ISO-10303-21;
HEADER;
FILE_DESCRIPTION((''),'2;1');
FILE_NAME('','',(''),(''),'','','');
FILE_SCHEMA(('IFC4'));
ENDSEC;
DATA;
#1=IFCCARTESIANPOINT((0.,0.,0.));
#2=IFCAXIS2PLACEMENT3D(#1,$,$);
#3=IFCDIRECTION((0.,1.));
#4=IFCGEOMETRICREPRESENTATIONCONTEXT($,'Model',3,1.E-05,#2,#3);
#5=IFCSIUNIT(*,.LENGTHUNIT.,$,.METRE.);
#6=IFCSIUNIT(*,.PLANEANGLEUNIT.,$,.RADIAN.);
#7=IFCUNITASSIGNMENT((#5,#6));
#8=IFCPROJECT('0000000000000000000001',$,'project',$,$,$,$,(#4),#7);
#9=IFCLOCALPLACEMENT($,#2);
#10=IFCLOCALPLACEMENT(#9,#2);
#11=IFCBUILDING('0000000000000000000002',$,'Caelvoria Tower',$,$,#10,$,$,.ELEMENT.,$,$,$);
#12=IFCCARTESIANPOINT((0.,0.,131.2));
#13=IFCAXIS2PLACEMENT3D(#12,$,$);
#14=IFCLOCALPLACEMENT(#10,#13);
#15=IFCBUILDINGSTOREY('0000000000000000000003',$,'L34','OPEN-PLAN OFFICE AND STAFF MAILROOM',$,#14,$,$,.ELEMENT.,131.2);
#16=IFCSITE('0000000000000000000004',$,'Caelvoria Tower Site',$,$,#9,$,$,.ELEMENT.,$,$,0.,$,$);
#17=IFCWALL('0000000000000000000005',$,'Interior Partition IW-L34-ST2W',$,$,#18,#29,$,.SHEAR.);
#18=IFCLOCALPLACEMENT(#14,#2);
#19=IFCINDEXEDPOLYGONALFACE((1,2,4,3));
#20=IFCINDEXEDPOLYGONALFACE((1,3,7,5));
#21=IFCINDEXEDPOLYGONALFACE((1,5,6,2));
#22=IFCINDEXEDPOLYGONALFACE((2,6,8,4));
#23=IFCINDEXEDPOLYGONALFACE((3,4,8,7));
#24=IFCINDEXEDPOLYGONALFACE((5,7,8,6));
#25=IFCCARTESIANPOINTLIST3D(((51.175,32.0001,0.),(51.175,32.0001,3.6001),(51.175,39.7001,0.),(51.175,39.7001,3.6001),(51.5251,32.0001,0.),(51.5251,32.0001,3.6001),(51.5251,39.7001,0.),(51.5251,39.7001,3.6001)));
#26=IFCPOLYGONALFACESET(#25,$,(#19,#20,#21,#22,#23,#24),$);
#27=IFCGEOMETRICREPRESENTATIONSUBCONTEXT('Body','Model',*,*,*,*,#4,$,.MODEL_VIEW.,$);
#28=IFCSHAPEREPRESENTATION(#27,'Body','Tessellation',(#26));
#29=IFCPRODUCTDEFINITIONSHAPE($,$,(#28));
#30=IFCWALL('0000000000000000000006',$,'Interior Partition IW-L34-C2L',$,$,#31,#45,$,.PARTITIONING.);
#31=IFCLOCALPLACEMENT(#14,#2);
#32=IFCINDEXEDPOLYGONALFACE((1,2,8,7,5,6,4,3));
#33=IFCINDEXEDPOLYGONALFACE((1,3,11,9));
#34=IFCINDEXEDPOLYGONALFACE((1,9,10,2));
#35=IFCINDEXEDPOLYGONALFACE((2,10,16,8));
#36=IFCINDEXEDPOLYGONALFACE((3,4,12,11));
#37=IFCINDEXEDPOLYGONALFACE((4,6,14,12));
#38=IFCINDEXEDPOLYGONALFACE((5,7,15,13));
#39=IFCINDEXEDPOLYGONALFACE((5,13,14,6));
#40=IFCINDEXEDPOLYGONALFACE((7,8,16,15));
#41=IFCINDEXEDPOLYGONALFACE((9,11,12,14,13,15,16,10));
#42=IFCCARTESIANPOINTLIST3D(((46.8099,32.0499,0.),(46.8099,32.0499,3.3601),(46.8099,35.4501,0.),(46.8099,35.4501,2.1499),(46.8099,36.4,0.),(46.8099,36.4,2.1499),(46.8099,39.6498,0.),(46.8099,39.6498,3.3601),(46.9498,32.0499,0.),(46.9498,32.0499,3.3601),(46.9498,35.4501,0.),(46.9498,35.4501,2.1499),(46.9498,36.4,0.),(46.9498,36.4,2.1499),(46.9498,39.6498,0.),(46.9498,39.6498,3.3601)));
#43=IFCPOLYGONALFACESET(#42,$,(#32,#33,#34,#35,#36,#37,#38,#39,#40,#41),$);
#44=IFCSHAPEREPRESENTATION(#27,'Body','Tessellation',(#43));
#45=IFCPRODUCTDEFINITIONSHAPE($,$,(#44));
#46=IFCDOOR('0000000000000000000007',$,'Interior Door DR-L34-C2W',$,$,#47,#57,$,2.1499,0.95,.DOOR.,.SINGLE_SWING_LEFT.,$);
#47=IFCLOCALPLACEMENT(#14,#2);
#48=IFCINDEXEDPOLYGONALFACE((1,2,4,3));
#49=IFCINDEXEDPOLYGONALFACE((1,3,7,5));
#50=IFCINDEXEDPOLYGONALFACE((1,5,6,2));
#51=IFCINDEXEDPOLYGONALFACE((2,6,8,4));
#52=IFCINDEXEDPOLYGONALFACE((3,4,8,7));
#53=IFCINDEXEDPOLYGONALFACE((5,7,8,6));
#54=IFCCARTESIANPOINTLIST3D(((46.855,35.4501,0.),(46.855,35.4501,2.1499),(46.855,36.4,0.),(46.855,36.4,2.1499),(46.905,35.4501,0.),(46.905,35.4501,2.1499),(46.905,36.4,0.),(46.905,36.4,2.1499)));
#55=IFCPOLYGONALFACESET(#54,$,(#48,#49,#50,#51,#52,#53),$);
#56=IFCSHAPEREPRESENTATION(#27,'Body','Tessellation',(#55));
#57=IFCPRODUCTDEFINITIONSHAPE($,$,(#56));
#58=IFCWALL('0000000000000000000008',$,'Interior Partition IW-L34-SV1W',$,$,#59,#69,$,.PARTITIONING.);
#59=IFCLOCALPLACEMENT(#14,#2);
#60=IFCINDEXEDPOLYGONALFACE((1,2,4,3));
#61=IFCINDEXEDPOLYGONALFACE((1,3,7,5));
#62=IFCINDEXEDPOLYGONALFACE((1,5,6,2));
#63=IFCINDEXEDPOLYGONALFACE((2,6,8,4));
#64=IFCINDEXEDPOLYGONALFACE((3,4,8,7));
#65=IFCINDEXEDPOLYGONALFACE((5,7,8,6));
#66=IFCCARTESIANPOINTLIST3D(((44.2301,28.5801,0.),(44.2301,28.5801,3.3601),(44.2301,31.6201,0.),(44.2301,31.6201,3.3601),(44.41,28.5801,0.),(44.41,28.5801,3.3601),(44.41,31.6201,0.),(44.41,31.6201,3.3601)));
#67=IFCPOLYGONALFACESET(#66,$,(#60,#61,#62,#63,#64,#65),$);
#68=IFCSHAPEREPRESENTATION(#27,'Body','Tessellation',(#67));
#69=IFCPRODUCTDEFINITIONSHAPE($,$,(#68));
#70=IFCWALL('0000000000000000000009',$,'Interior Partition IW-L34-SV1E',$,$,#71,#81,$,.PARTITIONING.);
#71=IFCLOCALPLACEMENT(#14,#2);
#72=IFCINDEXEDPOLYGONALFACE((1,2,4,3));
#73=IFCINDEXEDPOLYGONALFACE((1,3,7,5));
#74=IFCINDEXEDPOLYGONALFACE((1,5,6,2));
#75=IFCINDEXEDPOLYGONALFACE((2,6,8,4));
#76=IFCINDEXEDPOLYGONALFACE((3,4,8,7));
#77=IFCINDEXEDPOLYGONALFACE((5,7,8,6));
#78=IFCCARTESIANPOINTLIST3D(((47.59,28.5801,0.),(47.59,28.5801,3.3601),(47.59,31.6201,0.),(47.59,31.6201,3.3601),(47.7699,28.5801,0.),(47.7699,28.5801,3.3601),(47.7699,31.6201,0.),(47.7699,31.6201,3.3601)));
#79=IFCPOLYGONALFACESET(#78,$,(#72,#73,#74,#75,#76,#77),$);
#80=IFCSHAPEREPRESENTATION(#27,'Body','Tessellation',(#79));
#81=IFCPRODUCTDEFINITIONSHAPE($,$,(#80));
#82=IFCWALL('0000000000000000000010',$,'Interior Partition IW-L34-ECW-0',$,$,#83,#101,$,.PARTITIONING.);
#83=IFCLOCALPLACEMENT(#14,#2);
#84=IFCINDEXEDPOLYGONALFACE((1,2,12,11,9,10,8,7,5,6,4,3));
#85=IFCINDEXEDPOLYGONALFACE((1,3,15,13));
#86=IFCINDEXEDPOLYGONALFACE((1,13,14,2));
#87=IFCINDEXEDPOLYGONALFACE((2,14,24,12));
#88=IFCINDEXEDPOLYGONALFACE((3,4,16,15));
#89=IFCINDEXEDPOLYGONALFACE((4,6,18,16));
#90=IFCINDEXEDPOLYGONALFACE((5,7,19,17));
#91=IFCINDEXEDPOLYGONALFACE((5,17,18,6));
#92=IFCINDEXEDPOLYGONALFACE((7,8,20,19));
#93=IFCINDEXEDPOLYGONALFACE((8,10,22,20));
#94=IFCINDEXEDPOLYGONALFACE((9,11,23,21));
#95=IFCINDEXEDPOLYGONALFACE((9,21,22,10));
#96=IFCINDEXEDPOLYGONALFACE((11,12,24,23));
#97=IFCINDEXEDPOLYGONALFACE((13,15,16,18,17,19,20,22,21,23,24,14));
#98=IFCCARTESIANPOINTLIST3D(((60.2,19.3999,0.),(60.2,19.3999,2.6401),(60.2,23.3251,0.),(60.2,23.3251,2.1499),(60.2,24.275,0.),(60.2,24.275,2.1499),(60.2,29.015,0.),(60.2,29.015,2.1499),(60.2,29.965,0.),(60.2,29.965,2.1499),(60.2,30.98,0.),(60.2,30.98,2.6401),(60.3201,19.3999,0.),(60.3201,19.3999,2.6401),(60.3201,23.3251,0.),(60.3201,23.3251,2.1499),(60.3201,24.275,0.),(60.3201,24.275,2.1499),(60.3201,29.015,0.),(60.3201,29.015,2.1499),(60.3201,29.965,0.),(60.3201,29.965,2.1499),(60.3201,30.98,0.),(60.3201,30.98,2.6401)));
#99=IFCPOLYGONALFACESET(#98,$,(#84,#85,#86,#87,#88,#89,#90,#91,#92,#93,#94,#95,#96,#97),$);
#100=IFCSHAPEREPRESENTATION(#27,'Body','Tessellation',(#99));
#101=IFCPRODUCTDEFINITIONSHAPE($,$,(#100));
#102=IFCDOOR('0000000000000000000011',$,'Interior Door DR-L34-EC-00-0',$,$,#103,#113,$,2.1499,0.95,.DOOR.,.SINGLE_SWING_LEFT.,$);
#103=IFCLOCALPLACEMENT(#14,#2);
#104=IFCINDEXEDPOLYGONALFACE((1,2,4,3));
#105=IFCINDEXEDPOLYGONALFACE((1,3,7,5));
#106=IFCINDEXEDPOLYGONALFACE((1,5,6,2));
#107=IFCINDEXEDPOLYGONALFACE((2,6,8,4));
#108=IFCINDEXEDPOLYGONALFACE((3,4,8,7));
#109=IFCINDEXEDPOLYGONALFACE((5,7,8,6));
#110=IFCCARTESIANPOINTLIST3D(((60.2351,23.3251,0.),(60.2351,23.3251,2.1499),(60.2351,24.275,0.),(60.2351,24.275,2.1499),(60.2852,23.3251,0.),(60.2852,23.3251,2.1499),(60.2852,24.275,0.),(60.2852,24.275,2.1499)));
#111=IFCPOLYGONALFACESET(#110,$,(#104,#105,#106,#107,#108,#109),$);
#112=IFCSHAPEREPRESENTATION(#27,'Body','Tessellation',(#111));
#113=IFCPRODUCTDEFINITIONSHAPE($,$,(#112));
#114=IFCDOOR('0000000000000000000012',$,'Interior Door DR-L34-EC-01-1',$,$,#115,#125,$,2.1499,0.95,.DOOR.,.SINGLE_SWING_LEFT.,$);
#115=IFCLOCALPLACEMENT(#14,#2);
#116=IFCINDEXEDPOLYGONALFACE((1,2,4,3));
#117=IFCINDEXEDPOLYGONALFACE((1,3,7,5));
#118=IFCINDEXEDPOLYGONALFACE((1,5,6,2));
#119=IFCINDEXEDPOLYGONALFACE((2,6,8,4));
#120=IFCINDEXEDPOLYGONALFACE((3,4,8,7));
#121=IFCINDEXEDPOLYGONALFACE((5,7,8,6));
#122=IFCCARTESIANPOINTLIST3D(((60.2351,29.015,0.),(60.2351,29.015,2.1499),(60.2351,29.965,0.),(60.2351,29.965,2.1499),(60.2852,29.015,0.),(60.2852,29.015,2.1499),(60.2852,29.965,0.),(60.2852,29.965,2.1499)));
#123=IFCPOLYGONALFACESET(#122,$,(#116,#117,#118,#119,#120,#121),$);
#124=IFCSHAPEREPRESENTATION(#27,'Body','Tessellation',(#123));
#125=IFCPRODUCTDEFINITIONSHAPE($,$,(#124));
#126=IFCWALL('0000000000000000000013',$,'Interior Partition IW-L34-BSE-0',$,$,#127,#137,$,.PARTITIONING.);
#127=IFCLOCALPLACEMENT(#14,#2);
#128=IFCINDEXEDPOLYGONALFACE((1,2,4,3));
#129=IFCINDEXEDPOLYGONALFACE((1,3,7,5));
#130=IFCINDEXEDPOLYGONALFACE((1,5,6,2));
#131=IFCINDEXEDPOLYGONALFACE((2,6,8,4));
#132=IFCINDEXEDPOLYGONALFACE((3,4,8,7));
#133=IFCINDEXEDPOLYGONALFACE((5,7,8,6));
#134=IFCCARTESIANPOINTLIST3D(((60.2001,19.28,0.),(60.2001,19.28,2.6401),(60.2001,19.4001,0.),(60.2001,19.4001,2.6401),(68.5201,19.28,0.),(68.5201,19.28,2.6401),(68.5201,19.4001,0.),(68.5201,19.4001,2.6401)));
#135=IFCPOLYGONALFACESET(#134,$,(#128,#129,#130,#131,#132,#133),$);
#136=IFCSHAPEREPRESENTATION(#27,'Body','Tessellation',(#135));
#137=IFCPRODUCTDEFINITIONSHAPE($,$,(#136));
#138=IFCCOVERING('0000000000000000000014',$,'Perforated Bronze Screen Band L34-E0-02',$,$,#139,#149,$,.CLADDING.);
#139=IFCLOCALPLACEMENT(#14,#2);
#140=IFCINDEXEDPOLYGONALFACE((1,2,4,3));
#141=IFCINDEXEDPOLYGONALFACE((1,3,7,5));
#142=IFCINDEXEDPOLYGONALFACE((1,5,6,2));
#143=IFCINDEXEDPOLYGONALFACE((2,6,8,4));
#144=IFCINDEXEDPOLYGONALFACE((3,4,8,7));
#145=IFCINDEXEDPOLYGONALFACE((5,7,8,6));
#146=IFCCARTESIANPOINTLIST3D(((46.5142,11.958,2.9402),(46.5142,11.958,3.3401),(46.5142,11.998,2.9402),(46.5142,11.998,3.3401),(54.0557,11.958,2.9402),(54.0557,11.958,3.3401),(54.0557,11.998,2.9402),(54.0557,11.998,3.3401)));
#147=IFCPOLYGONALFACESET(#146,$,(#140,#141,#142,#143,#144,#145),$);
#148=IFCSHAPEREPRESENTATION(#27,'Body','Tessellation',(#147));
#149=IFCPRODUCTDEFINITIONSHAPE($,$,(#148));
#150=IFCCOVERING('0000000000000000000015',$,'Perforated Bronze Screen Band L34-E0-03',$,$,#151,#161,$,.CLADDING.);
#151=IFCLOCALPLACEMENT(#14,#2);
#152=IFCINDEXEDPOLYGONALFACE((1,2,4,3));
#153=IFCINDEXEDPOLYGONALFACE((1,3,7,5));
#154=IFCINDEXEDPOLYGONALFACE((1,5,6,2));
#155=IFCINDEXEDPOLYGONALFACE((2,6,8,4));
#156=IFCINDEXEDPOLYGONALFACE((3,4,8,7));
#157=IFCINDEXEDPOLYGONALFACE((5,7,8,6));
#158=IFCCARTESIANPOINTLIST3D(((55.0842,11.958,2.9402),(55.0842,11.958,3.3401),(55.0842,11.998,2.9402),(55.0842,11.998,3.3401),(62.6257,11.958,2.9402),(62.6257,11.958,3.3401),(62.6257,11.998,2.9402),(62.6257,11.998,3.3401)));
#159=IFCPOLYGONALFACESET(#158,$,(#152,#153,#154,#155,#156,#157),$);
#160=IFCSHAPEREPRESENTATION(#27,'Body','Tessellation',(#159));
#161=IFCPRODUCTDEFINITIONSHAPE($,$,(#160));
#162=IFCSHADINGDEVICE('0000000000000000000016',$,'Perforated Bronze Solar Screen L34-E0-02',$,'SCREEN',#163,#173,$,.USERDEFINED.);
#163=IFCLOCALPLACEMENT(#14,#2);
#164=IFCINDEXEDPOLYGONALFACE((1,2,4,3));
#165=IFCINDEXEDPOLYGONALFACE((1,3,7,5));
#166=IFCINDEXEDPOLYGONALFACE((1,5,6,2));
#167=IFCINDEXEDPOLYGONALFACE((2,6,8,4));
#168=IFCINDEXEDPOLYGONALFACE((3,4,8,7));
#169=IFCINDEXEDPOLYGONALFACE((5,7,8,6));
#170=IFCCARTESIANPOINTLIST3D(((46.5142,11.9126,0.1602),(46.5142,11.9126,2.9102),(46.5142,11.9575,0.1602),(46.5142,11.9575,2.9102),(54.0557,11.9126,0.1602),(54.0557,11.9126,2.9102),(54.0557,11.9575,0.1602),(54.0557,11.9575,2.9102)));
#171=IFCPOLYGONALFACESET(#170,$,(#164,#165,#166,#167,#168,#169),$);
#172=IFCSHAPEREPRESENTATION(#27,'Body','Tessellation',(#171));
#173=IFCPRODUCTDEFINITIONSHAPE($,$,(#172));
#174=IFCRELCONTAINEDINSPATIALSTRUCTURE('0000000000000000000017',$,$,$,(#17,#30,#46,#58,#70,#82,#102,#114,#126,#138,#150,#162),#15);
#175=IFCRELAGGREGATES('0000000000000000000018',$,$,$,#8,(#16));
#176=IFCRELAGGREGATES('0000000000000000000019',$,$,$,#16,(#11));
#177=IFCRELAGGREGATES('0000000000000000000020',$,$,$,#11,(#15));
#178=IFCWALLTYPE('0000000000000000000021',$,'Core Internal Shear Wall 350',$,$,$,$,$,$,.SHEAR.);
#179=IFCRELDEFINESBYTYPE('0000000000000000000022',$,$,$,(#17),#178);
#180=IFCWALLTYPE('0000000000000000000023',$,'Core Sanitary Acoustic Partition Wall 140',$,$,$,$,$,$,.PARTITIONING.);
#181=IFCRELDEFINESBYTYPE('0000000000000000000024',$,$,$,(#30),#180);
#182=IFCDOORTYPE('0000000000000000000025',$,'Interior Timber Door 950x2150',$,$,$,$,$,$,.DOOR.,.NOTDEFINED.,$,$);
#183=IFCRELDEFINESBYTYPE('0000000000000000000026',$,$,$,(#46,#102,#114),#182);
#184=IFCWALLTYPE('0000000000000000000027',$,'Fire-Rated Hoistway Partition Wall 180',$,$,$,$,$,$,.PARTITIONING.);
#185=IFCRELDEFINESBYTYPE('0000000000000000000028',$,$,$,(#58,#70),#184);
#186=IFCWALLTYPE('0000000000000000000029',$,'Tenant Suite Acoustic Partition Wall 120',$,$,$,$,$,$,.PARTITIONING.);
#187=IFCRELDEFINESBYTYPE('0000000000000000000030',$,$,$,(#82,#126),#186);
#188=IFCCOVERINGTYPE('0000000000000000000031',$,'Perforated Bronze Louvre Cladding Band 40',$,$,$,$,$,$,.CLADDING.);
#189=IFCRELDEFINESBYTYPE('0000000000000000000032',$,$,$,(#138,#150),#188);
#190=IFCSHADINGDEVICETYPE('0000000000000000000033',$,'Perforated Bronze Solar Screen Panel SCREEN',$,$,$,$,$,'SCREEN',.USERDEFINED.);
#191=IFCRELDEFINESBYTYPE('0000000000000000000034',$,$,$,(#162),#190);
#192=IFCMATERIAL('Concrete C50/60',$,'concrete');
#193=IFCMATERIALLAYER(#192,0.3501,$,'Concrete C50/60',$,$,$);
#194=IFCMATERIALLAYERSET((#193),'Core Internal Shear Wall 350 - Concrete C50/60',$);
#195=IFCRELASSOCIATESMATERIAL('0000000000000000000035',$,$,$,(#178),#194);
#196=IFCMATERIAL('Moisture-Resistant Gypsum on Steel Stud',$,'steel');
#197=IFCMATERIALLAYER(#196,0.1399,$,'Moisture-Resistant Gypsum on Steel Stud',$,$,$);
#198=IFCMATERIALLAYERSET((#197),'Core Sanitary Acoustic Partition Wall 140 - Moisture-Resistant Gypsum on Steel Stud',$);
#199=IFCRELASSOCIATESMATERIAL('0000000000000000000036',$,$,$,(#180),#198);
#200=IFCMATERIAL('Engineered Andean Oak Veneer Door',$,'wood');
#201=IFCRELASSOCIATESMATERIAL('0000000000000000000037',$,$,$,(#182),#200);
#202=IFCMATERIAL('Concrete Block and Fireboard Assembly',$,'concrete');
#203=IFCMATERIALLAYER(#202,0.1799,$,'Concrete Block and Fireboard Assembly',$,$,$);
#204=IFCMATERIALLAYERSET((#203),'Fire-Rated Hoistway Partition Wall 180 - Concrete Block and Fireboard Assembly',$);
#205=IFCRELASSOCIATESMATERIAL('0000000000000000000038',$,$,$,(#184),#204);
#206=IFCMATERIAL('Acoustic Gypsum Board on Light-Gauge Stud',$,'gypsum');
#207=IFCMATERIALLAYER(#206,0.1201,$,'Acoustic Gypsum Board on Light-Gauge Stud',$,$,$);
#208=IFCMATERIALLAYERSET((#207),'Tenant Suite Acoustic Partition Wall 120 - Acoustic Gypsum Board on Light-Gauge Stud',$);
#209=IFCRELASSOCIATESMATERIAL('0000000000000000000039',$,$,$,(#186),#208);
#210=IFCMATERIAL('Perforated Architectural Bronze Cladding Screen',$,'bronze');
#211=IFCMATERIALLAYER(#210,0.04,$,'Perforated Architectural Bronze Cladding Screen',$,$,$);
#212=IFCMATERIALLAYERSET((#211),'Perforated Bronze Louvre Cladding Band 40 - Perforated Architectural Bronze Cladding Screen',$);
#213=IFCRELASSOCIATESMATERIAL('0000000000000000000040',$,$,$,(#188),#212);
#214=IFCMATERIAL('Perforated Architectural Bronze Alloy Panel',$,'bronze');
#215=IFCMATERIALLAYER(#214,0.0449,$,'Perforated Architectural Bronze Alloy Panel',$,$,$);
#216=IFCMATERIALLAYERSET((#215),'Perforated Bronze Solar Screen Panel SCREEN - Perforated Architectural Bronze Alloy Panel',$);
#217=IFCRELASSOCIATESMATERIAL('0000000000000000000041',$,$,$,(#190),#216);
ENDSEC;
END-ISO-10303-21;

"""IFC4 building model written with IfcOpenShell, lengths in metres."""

from ifc_helpers import new_model, si_unit, direction, frame, frame_2d, origin, origin_2d, place, context, subcontext, project, spatial, rectangle, extrude, material, layer, layer_set, type_object, element, fill, save


model = new_model("IFC4")

# Units and contexts
model_context = context("Model", 3, precision=1e-05, world=origin(), true_north=direction((0.0, 1.0)))
body_context = subcontext(model_context, "Body", "Model", "MODEL_VIEW")
ifc_project = project(units=[si_unit("LENGTHUNIT", "METRE"), si_unit("PLANEANGLEUNIT", "RADIAN")], contexts=[model_context])

# Site, building, storey
site_placement = place(None, origin())
site = spatial("IfcSite", under=ifc_project, at=site_placement, Name="Caelvoria Tower Site", CompositionType="ELEMENT", RefElevation=0.0)
building_placement = place(site_placement, origin())
building = spatial("IfcBuilding", under=site, at=building_placement, Name="Caelvoria Tower", CompositionType="ELEMENT")
storey_placement = place(building_placement, frame((0.0, 0.0, 131.2)))
storey = spatial("IfcBuildingStorey", under=building, at=storey_placement, Name="L34", Description="OPEN-PLAN OFFICE AND STAFF MAILROOM", CompositionType="ELEMENT", Elevation=131.2)

# Wall
ifc_material_1 = material(Name="Concrete C50/60", Category="concrete")
ifc_layer_1 = layer(ifc_material_1, 0.3501, Name="Concrete C50/60")
ifc_layer_set_1 = layer_set([ifc_layer_1], Name="Core Internal Shear Wall 350 - Concrete C50/60")
wall_type_1 = type_object("IfcWallType", Name="Core Internal Shear Wall 350", PredefinedType="SHEAR", material=ifc_layer_set_1)
wall_1_placement = place(storey_placement, frame((51.3501, 32.0, 0.0), z_axis=(0.0, 0.0, 1.0), x_axis=(0.0, 1.0, 0.0)))
element("IfcWall", 1, at=wall_1_placement, inside=storey, type_object=wall_type_1, Name="Interior Partition IW-L34-ST2W", PredefinedType="SHEAR", context=body_context, shape_type="SweptSolid", body=[
    extrude(rectangle(XDim=7.7, YDim=0.3501, at=frame_2d((3.8501, 0.0))), origin(), (0.0, 0.0, 1.0), 3.6001),
])

# Wall, opening, door
ifc_material_2 = material(Name="Moisture-Resistant Gypsum on Steel Stud", Category="steel")
ifc_layer_2 = layer(ifc_material_2, 0.1399, Name="Moisture-Resistant Gypsum on Steel Stud")
ifc_layer_set_2 = layer_set([ifc_layer_2], Name="Core Sanitary Acoustic Partition Wall 140 - Moisture-Resistant Gypsum on Steel Stud")
wall_type_2 = type_object("IfcWallType", Name="Core Sanitary Acoustic Partition Wall 140", PredefinedType="PARTITIONING", material=ifc_layer_set_2)
wall_2_placement = place(storey_placement, frame((46.8799, 32.05, 0.0), z_axis=(0.0, 0.0, 1.0), x_axis=(0.0, 1.0, 0.0)))
wall_2 = element("IfcWall", 2, at=wall_2_placement, inside=storey, type_object=wall_type_2, Name="Interior Partition IW-L34-C2L", PredefinedType="PARTITIONING", context=body_context, shape_type="SweptSolid", body=[
    extrude(rectangle(XDim=7.5999, YDim=0.1399, at=frame_2d((3.7998, 0.0))), origin(), (0.0, 0.0, 1.0), 3.3601),
])
opening_1_placement = place(wall_2_placement, frame((3.3999, 0.0, 0.0)))
opening_1 = element("IfcOpeningElement", 3, at=opening_1_placement, cuts=wall_2, PredefinedType="OPENING", context=body_context, shape_type="SweptSolid", body=[
    extrude(rectangle(XDim=0.95, YDim=2.1499, at=frame_2d((0.4751, 1.075))), frame((0.0, 0.0798, 0.0), z_axis=(0.0, -1.0, 0.0), x_axis=(1.0, 0.0, 0.0)), (0.0, 0.0, 1.0), 0.1599),
])
ifc_material_3 = material(Name="Engineered Andean Oak Veneer Door", Category="wood")
door_type_1 = type_object("IfcDoorType", Name="Interior Timber Door 950x2150", OperationType="NOTDEFINED", PredefinedType="DOOR", material=ifc_material_3)
door_1_placement = place(opening_1_placement, origin())
door_1 = element("IfcDoor", 4, at=door_1_placement, inside=storey, type_object=door_type_1, Name="Interior Door DR-L34-C2W", OperationType="SINGLE_SWING_LEFT", OverallHeight=2.1499, OverallWidth=0.95, PredefinedType="DOOR", context=body_context, shape_type="SweptSolid", body=[
    extrude(rectangle(XDim=0.95, YDim=2.1499, at=frame_2d((0.4751, 1.075))), frame((0.0, 0.0249, 0.0), z_axis=(0.0, -1.0, 0.0), x_axis=(1.0, 0.0, 0.0)), (0.0, 0.0, 1.0), 0.05),
])
fill(opening_1, door_1)

# Walls
ifc_material_4 = material(Name="Concrete Block and Fireboard Assembly", Category="concrete")
ifc_layer_3 = layer(ifc_material_4, 0.1799, Name="Concrete Block and Fireboard Assembly")
ifc_layer_set_3 = layer_set([ifc_layer_3], Name="Fire-Rated Hoistway Partition Wall 180 - Concrete Block and Fireboard Assembly")
wall_type_3 = type_object("IfcWallType", Name="Fire-Rated Hoistway Partition Wall 180", PredefinedType="PARTITIONING", material=ifc_layer_set_3)
for number, where, z_axis, x_axis, name in (
    (5, (44.3201, 28.5801, 0.0), (0.0, 0.0, 1.0), (0.0, 1.0, 0.0), "Interior Partition IW-L34-SV1W"),
    (6, (47.6799, 28.5801, 0.0), (0.0, 0.0, 1.0), (0.0, 1.0, 0.0), "Interior Partition IW-L34-SV1E"),
):
    element("IfcWall", number, at=place(storey_placement, frame(where, z_axis=z_axis, x_axis=x_axis)), inside=storey, type_object=wall_type_3, Name=name, PredefinedType="PARTITIONING", context=body_context, shape_type="SweptSolid", body=[
        extrude(rectangle(XDim=3.04, YDim=0.1799, at=frame_2d((1.52, 0.0))), origin(), (0.0, 0.0, 1.0), 3.3601),
    ])

# Wall, openings, doors
ifc_material_5 = material(Name="Acoustic Gypsum Board on Light-Gauge Stud", Category="gypsum")
ifc_layer_4 = layer(ifc_material_5, 0.1201, Name="Acoustic Gypsum Board on Light-Gauge Stud")
ifc_layer_set_4 = layer_set([ifc_layer_4], Name="Tenant Suite Acoustic Partition Wall 120 - Acoustic Gypsum Board on Light-Gauge Stud")
wall_type_4 = type_object("IfcWallType", Name="Tenant Suite Acoustic Partition Wall 120", PredefinedType="PARTITIONING", material=ifc_layer_set_4)
wall_3_placement = place(storey_placement, frame((60.26, 19.3999, 0.0), z_axis=(0.0, 0.0, 1.0), x_axis=(0.0, 1.0, 0.0)))
wall_3 = element("IfcWall", 7, at=wall_3_placement, inside=storey, type_object=wall_type_4, Name="Interior Partition IW-L34-ECW-0", PredefinedType="PARTITIONING", context=body_context, shape_type="SweptSolid", body=[
    extrude(rectangle(XDim=11.5801, YDim=0.1201, at=frame_2d((5.79, 0.0))), origin(), (0.0, 0.0, 1.0), 2.6401),
])
opening_2_placement = place(wall_3_placement, frame((3.925, 0.0, 0.0)))
opening_2 = element("IfcOpeningElement", 8, at=opening_2_placement, cuts=wall_3, PredefinedType="OPENING", context=body_context, shape_type="SweptSolid", body=[
    extrude(rectangle(XDim=0.95, YDim=2.1499, at=frame_2d((0.4751, 1.075))), frame((0.0, 0.0701, 0.0), z_axis=(0.0, -1.0, 0.0), x_axis=(1.0, 0.0, 0.0)), (0.0, 0.0, 1.0), 0.1401),
])
opening_3_placement = place(wall_3_placement, frame((9.615, 0.0, 0.0)))
opening_3 = element("IfcOpeningElement", 9, at=opening_3_placement, cuts=wall_3, PredefinedType="OPENING", context=body_context, shape_type="SweptSolid", body=[
    extrude(rectangle(XDim=0.95, YDim=2.1499, at=frame_2d((0.4751, 1.075))), frame((0.0, 0.0701, 0.0), z_axis=(0.0, -1.0, 0.0), x_axis=(1.0, 0.0, 0.0)), (0.0, 0.0, 1.0), 0.1401),
])
door_2_placement = place(opening_2_placement, origin())
door_2 = element("IfcDoor", 10, at=door_2_placement, inside=storey, type_object=door_type_1, Name="Interior Door DR-L34-EC-00-0", OperationType="SINGLE_SWING_LEFT", OverallHeight=2.1499, OverallWidth=0.95, PredefinedType="DOOR", context=body_context, shape_type="SweptSolid", body=[
    extrude(rectangle(XDim=0.95, YDim=2.1499, at=frame_2d((0.4751, 1.075))), frame((0.0, 0.0249, 0.0), z_axis=(0.0, -1.0, 0.0), x_axis=(1.0, 0.0, 0.0)), (0.0, 0.0, 1.0), 0.05),
])
fill(opening_2, door_2)
door_3_placement = place(opening_3_placement, origin())
door_3 = element("IfcDoor", 11, at=door_3_placement, inside=storey, type_object=door_type_1, Name="Interior Door DR-L34-EC-01-1", OperationType="SINGLE_SWING_LEFT", OverallHeight=2.1499, OverallWidth=0.95, PredefinedType="DOOR", context=body_context, shape_type="SweptSolid", body=[
    extrude(rectangle(XDim=0.95, YDim=2.1499, at=frame_2d((0.4751, 1.075))), frame((0.0, 0.0249, 0.0), z_axis=(0.0, -1.0, 0.0), x_axis=(1.0, 0.0, 0.0)), (0.0, 0.0, 1.0), 0.05),
])
fill(opening_3, door_3)

# Wall
wall_4_placement = place(storey_placement, frame((60.2, 19.3401, 0.0), z_axis=(0.0, 0.0, 1.0), x_axis=(1.0, 0.0, 0.0)))
element("IfcWall", 12, at=wall_4_placement, inside=storey, type_object=wall_type_4, Name="Interior Partition IW-L34-BSE-0", PredefinedType="PARTITIONING", context=body_context, shape_type="SweptSolid", body=[
    extrude(rectangle(XDim=8.3201, YDim=0.1201, at=frame_2d((4.1602, 0.0))), origin(), (0.0, 0.0, 1.0), 2.6401),
])

# Coverings
ifc_material_6 = material(Name="Perforated Architectural Bronze Cladding Screen", Category="bronze")
ifc_layer_5 = layer(ifc_material_6, 0.04, Name="Perforated Architectural Bronze Cladding Screen")
ifc_layer_set_5 = layer_set([ifc_layer_5], Name="Perforated Bronze Louvre Cladding Band 40 - Perforated Architectural Bronze Cladding Screen")
covering_type = type_object("IfcCoveringType", Name="Perforated Bronze Louvre Cladding Band 40", PredefinedType="CLADDING", material=ifc_layer_set_5)
for number, where, z_axis, x_axis, name in (
    (13, (50.2849, 11.978, 2.9402), (0.0, 0.0, 1.0), (1.0, 0.0, 0.0), "Perforated Bronze Screen Band L34-E0-02"),
    (14, (58.855, 11.978, 2.9402), (0.0, 0.0, 1.0), (1.0, 0.0, 0.0), "Perforated Bronze Screen Band L34-E0-03"),
):
    element("IfcCovering", number, at=place(storey_placement, frame(where, z_axis=z_axis, x_axis=x_axis)), inside=storey, type_object=covering_type, Name=name, PredefinedType="CLADDING", context=body_context, shape_type="SweptSolid", body=[
        extrude(rectangle(XDim=7.5415, YDim=0.04, at=origin_2d()), origin(), (0.0, 0.0, 1.0), 0.3999),
    ])

# Shading device
ifc_material_7 = material(Name="Perforated Architectural Bronze Alloy Panel", Category="bronze")
ifc_layer_6 = layer(ifc_material_7, 0.0449, Name="Perforated Architectural Bronze Alloy Panel")
ifc_layer_set_6 = layer_set([ifc_layer_6], Name="Perforated Bronze Solar Screen Panel SCREEN - Perforated Architectural Bronze Alloy Panel")
shading_device_type = type_object("IfcShadingDeviceType", Name="Perforated Bronze Solar Screen Panel SCREEN", ElementType="SCREEN", PredefinedType="USERDEFINED", material=ifc_layer_set_6)
for number, where, z_axis, x_axis, name in (
    (15, (50.2849, 11.9351, 0.1602), (0.0, 0.0, 1.0), (1.0, 0.0, 0.0), "Perforated Bronze Solar Screen L34-E0-02"),
):
    element("IfcShadingDevice", number, at=place(storey_placement, frame(where, z_axis=z_axis, x_axis=x_axis)), inside=storey, type_object=shading_device_type, Name=name, ObjectType="SCREEN", PredefinedType="USERDEFINED", context=body_context, shape_type="SweptSolid", body=[
        extrude(rectangle(XDim=7.5415, YDim=0.0449, at=origin_2d()), origin(), (0.0, 0.0, 1.0), 2.75),
    ])

save(model, "model.ifc")
